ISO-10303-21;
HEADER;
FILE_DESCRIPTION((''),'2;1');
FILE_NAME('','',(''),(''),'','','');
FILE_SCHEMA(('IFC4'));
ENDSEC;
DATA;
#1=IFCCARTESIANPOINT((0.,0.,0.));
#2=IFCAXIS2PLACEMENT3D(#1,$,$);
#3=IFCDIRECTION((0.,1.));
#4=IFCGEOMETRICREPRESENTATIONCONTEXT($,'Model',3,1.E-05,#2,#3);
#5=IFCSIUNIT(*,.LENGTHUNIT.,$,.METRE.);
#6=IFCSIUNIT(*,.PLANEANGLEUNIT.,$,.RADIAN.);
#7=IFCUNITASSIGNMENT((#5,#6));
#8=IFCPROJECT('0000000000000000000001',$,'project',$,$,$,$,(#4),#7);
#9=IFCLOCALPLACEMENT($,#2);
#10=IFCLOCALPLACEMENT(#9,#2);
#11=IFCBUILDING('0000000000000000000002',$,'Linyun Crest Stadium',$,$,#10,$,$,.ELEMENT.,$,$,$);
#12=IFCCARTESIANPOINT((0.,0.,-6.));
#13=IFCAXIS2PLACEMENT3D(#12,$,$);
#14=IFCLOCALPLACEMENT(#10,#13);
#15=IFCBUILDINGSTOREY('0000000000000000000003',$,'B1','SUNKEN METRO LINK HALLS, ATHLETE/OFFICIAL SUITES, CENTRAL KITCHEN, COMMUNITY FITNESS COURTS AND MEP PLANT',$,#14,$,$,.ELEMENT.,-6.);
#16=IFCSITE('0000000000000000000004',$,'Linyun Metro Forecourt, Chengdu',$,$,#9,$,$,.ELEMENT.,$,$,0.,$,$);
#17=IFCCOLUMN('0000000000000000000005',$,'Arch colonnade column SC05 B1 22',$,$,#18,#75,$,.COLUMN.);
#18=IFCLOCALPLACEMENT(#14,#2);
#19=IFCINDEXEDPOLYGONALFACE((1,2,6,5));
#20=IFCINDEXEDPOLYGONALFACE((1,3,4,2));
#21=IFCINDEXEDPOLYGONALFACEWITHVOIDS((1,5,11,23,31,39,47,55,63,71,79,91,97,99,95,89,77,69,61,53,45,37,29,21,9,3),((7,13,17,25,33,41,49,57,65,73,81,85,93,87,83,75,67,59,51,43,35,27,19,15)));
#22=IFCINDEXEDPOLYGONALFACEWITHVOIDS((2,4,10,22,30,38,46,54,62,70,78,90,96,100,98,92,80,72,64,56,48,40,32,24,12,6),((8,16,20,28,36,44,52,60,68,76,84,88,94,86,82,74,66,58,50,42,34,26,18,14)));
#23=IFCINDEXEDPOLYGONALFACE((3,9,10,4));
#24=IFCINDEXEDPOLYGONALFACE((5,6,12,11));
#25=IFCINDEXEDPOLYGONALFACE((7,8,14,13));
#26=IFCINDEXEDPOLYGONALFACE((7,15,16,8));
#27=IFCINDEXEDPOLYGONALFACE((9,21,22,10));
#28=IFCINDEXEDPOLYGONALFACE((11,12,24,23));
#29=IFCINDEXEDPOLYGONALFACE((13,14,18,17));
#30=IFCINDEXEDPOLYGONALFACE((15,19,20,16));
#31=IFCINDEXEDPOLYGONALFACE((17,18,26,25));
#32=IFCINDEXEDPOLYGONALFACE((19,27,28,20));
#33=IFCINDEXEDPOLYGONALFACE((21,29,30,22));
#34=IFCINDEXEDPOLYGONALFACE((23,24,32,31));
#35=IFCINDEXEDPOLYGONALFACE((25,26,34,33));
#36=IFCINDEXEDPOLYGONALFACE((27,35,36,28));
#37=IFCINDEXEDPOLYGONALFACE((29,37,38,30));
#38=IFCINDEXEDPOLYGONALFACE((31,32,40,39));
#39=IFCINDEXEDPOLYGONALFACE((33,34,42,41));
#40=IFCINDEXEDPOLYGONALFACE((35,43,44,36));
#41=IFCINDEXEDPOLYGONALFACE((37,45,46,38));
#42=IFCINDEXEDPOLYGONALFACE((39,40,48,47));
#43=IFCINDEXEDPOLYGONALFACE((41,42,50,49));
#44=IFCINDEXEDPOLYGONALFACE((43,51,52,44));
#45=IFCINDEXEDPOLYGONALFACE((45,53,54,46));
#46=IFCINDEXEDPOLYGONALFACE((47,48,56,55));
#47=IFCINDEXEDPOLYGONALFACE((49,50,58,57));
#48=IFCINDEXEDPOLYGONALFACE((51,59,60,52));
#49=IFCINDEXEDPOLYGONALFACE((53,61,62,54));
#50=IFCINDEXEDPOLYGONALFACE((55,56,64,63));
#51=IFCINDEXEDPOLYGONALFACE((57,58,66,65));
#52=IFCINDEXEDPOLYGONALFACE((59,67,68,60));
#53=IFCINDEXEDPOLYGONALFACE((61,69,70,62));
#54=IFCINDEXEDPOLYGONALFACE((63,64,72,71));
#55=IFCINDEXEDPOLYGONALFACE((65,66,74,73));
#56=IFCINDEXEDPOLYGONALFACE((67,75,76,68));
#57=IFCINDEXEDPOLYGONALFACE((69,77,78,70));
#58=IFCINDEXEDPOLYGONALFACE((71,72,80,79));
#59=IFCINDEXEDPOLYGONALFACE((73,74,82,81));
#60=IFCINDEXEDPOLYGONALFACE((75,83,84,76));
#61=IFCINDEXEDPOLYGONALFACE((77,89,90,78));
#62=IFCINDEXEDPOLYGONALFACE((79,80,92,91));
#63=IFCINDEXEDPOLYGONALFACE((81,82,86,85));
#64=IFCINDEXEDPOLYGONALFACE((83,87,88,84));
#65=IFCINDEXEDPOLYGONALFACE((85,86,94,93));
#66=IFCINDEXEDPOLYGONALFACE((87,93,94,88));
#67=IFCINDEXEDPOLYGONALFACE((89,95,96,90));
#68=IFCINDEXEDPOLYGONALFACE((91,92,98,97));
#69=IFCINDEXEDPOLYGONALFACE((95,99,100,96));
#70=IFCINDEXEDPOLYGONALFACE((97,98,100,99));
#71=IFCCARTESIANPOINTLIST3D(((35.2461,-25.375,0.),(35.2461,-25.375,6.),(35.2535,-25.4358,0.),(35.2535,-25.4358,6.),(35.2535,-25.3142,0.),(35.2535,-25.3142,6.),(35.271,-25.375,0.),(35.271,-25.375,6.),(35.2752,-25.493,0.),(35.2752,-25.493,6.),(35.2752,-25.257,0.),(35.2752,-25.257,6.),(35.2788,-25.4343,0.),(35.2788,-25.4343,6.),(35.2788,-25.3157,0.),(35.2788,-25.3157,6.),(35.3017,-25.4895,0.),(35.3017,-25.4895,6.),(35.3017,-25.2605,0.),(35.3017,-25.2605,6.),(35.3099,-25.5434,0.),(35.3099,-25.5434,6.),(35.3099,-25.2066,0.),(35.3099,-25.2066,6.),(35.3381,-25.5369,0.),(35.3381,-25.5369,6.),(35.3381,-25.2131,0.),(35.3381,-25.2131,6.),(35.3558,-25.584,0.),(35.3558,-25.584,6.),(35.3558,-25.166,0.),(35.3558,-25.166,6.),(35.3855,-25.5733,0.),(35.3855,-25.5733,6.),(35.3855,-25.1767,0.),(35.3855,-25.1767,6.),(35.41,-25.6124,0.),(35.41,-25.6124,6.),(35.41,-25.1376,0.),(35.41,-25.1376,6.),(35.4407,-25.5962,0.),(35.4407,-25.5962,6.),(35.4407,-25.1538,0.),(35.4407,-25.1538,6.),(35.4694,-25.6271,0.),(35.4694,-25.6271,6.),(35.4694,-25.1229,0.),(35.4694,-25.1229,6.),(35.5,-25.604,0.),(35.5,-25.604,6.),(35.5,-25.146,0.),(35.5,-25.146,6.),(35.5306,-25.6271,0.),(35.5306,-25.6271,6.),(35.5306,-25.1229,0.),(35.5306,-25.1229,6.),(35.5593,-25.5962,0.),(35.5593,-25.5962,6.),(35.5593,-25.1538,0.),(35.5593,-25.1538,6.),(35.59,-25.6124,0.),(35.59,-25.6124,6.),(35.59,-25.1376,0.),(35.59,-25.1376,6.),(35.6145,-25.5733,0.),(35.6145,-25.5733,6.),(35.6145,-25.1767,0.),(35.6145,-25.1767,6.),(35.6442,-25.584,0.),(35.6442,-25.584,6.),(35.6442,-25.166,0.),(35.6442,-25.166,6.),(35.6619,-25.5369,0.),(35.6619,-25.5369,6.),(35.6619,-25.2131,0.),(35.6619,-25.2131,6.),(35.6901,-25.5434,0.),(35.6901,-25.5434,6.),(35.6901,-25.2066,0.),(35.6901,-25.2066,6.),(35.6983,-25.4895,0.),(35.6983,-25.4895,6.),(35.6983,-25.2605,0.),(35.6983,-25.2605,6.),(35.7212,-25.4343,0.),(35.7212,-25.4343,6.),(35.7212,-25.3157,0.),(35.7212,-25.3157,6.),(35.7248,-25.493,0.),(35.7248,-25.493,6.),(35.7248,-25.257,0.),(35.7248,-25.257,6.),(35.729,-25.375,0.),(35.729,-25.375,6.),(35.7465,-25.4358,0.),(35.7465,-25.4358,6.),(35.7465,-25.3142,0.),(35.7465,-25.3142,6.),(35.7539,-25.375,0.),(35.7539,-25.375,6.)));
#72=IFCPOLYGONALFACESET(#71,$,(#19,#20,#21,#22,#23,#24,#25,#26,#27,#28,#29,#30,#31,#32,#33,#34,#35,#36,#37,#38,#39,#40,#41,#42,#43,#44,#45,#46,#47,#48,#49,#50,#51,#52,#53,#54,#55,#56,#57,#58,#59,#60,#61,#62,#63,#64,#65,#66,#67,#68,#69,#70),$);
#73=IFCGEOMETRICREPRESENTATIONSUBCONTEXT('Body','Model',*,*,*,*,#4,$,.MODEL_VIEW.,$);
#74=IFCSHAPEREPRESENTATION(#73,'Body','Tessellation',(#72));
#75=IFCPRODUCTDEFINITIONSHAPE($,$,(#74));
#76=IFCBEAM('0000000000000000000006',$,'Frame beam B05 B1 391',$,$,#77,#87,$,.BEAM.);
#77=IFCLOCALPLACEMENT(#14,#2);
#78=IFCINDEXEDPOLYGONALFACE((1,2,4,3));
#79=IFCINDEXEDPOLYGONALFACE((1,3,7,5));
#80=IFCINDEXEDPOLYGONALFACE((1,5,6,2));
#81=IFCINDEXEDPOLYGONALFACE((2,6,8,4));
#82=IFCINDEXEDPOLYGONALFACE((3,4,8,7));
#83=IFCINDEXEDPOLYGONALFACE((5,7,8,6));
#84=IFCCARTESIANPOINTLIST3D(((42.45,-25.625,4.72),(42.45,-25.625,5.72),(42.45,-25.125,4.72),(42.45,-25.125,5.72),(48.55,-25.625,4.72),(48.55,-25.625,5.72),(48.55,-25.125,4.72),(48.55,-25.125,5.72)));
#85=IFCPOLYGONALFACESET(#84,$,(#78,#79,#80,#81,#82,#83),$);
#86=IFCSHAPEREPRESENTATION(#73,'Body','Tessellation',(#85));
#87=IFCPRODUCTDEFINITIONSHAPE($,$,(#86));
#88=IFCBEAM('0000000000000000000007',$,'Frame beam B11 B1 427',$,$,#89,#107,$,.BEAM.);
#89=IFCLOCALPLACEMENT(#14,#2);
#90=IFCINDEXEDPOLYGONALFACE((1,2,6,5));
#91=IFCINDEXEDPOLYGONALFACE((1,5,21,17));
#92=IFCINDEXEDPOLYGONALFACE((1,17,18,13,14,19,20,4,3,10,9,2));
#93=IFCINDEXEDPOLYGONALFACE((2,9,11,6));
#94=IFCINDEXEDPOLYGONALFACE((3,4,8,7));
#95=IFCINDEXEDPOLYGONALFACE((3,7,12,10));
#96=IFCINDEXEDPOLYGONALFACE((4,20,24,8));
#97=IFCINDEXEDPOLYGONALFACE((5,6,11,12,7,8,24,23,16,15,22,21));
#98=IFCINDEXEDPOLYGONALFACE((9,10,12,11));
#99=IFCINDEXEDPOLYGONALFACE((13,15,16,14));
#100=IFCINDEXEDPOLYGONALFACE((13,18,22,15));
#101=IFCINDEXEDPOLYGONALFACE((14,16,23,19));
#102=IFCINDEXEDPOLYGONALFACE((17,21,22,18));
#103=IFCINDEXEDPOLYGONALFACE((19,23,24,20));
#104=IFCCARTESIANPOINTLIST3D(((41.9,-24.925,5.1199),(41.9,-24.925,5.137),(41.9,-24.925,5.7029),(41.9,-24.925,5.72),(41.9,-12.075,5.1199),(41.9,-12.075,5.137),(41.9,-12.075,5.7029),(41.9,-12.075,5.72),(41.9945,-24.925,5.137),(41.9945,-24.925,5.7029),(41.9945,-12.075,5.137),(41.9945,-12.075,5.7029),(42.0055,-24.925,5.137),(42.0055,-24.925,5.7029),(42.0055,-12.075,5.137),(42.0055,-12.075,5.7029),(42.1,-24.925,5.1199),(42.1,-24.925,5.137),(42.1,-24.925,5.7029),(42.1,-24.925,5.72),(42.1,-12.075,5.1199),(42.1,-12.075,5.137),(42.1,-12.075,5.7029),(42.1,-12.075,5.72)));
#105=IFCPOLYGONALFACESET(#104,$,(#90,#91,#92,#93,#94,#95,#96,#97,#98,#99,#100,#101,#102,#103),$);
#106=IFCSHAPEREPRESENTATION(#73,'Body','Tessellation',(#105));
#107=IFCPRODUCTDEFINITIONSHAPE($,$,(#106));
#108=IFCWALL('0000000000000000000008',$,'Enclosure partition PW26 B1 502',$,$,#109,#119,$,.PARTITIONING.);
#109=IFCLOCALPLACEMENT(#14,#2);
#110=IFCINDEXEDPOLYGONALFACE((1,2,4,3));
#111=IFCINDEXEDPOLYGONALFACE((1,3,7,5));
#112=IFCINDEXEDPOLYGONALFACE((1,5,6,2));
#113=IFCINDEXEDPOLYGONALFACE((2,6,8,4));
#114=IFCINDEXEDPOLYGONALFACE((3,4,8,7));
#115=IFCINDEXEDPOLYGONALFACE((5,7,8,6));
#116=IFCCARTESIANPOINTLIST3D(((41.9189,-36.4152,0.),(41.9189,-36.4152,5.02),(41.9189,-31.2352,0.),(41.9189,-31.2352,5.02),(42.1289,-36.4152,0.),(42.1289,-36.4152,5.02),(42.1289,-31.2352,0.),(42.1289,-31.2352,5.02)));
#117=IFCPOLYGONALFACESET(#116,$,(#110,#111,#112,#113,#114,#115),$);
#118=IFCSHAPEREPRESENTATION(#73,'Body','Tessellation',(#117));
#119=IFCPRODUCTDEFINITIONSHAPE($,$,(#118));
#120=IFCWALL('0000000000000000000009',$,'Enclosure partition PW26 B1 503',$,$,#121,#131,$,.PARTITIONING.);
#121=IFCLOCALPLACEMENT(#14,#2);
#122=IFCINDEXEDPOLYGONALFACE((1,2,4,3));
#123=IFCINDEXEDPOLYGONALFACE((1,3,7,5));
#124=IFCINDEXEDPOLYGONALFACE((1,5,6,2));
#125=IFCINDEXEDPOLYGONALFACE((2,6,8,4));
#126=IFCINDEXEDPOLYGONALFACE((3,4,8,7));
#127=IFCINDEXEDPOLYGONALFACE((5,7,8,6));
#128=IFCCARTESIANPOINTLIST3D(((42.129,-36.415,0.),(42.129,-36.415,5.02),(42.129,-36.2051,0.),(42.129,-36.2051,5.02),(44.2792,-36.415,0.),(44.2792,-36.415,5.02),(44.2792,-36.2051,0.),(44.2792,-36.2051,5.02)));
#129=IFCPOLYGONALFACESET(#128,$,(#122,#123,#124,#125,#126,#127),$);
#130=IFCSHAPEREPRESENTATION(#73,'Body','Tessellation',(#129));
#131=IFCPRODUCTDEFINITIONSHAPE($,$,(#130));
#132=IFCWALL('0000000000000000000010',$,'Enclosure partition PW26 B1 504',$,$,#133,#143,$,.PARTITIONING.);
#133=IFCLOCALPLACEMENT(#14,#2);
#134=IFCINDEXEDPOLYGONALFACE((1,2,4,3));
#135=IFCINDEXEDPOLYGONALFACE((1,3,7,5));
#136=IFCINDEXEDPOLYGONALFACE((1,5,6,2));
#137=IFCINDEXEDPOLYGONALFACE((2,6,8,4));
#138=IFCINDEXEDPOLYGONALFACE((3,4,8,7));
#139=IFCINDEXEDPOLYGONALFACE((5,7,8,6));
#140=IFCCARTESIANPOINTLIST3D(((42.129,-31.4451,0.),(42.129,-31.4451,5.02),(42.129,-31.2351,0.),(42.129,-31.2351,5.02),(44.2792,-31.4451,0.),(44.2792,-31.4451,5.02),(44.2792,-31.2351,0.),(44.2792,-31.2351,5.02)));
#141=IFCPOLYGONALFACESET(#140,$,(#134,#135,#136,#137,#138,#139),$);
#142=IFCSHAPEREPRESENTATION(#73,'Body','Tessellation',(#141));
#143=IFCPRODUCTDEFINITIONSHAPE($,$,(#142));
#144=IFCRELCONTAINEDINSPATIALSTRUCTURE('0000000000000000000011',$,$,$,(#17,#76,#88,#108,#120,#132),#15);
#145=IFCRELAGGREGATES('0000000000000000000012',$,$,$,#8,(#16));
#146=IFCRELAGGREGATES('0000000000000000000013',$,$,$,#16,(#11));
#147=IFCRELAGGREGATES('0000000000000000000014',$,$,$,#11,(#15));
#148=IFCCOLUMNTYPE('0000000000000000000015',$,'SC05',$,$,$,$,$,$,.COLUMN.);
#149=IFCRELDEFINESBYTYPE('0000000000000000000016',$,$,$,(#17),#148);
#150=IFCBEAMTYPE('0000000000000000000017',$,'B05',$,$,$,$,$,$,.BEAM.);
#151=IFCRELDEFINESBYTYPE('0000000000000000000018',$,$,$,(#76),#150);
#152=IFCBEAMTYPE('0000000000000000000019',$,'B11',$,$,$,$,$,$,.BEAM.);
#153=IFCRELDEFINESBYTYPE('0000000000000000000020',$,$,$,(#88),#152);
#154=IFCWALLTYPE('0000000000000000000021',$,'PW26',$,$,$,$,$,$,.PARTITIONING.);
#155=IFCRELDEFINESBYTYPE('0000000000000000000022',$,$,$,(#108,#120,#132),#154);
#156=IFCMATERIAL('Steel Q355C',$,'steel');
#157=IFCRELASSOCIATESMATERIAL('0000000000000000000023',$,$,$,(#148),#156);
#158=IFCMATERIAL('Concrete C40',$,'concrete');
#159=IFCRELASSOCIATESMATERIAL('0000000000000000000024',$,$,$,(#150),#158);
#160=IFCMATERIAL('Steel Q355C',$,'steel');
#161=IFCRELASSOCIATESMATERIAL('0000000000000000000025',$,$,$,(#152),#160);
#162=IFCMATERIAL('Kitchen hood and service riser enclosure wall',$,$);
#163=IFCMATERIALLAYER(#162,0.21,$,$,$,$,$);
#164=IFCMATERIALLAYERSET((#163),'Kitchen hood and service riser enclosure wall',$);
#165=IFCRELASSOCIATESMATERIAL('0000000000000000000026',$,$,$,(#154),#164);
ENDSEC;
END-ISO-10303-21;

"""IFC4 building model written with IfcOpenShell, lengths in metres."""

from ifc_helpers import new_model, si_unit, direction, frame, frame_2d, origin, origin_2d, place, context, subcontext, project, spatial, rectangle, hollow_circle, i_section, extrude, material, layer, layer_set, material_profile, profile_set, type_object, element, save


model = new_model("IFC4")

# Units and contexts
model_context = context("Model", 3, precision=1e-05, world=origin(), true_north=direction((0.0, 1.0)))
body_context = subcontext(model_context, "Body", "Model", "MODEL_VIEW")
ifc_project = project(units=[si_unit("LENGTHUNIT", "METRE"), si_unit("PLANEANGLEUNIT", "RADIAN")], contexts=[model_context])

# Site, building, storey
site_placement = place(None, origin())
site = spatial("IfcSite", under=ifc_project, at=site_placement, Name="Linyun Metro Forecourt, Chengdu", CompositionType="ELEMENT", RefElevation=0.0)
building_placement = place(site_placement, origin())
building = spatial("IfcBuilding", under=site, at=building_placement, Name="Linyun Crest Stadium", CompositionType="ELEMENT")
storey_placement = place(building_placement, frame((0.0, 0.0, -6.0)))
storey = spatial("IfcBuildingStorey", under=building, at=storey_placement, Name="B1", Description="SUNKEN METRO LINK HALLS, ATHLETE/OFFICIAL SUITES, CENTRAL KITCHEN, COMMUNITY FITNESS COURTS AND MEP PLANT", CompositionType="ELEMENT", Elevation=-6.0)

# Column
ifc_material_1 = material(Name="Steel Q355C", Category="steel")
ifc_material_profile_1 = material_profile(ifc_material_1, hollow_circle(Radius=0.2539, WallThickness=0.0249, at=origin_2d()), Name="CHS 508x25")
ifc_profile_set_1 = profile_set([ifc_material_profile_1], Name="Steel Q355C")
column_type_1 = type_object("IfcColumnType", Name="SC05", PredefinedType="COLUMN", material=ifc_profile_set_1)
column_placement = place(storey_placement, frame((35.5, -25.375, 0.0), z_axis=(0.0, 0.0, 1.0), x_axis=(1.0, 0.0, 0.0)))
element("IfcColumn", 1, at=column_placement, inside=storey, type_object=column_type_1, Name="Arch colonnade column SC05 B1 22", PredefinedType="COLUMN", context=body_context, shape_type="SweptSolid", body=[
    extrude(hollow_circle(Radius=0.2539, WallThickness=0.0249, at=origin_2d()), origin(), (0.0, 0.0, 1.0), 6.0),
])

# Beams
ifc_material_2 = material(Name="Concrete C40", Category="concrete")
ifc_material_profile_2 = material_profile(ifc_material_2, rectangle(XDim=0.5, YDim=1.0, at=origin_2d()), Name="RCB 1000x500")
ifc_profile_set_2 = profile_set([ifc_material_profile_2], Name="Concrete C40")
beam_type_1 = type_object("IfcBeamType", Name="B05", PredefinedType="BEAM", material=ifc_profile_set_2)
beam_1_placement = place(storey_placement, frame((42.45, -25.375, 5.22), z_axis=(1.0, 0.0, 0.0), x_axis=(0.0, 1.0, 0.0)))
element("IfcBeam", 2, at=beam_1_placement, inside=storey, type_object=beam_type_1, Name="Frame beam B05 B1 391", PredefinedType="BEAM", context=body_context, shape_type="SweptSolid", body=[
    extrude(rectangle(XDim=0.5, YDim=1.0, at=origin_2d()), origin(), (0.0, 0.0, 1.0), 6.1001),
])
ifc_material_3 = material(Name="Steel Q355C", Category="steel")
ifc_material_profile_3 = material_profile(ifc_material_3, i_section(OverallWidth=0.2, OverallDepth=0.6001, WebThickness=0.011, FlangeThickness=0.0171, at=origin_2d()), Name="HN 600x200")
ifc_profile_set_3 = profile_set([ifc_material_profile_3], Name="Steel Q355C")
beam_type_2 = type_object("IfcBeamType", Name="B11", PredefinedType="BEAM", material=ifc_profile_set_3)
beam_2_placement = place(storey_placement, frame((42.0, -24.925, 5.4199), z_axis=(0.0, 1.0, 0.0), x_axis=(-1.0, 0.0, 0.0)))
element("IfcBeam", 3, at=beam_2_placement, inside=storey, type_object=beam_type_2, Name="Frame beam B11 B1 427", PredefinedType="BEAM", context=body_context, shape_type="SweptSolid", body=[
    extrude(i_section(OverallWidth=0.2, OverallDepth=0.6001, WebThickness=0.011, FlangeThickness=0.0171, at=origin_2d()), origin(), (0.0, 0.0, 1.0), 12.8501),
])

# Walls
ifc_material_4 = material(Name="Kitchen hood and service riser enclosure wall")
ifc_layer = layer(ifc_material_4, 0.21)
ifc_layer_set = layer_set([ifc_layer], Name="Kitchen hood and service riser enclosure wall")
wall_type = type_object("IfcWallType", Name="PW26", PredefinedType="PARTITIONING", material=ifc_layer_set)
wall_placement = place(storey_placement, frame((42.0239, -36.415, 0.0), z_axis=(0.0, 0.0, 1.0), x_axis=(0.0, 1.0, 0.0)))
element("IfcWall", 4, at=wall_placement, inside=storey, type_object=wall_type, Name="Enclosure partition PW26 B1 502", PredefinedType="PARTITIONING", context=body_context, shape_type="SweptSolid", body=[
    extrude(rectangle(XDim=5.1799, YDim=0.21, at=frame_2d((2.5898, 0.0))), origin(), (0.0, 0.0, 1.0), 5.02),
])
for number, where, z_axis, x_axis, name in (
    (5, (42.1289, -36.3101, 0.0), (0.0, 0.0, 1.0), (1.0, 0.0, 0.0), "Enclosure partition PW26 B1 503"),
    (6, (42.1289, -31.3401, 0.0), (0.0, 0.0, 1.0), (1.0, 0.0, 0.0), "Enclosure partition PW26 B1 504"),
):
    element("IfcWall", number, at=place(storey_placement, frame(where, z_axis=z_axis, x_axis=x_axis)), inside=storey, type_object=wall_type, Name=name, PredefinedType="PARTITIONING", context=body_context, shape_type="SweptSolid", body=[
        extrude(rectangle(XDim=2.1501, YDim=0.21, at=frame_2d((1.0752, 0.0))), origin(), (0.0, 0.0, 1.0), 5.02),
    ])

save(model, "model.ifc")
